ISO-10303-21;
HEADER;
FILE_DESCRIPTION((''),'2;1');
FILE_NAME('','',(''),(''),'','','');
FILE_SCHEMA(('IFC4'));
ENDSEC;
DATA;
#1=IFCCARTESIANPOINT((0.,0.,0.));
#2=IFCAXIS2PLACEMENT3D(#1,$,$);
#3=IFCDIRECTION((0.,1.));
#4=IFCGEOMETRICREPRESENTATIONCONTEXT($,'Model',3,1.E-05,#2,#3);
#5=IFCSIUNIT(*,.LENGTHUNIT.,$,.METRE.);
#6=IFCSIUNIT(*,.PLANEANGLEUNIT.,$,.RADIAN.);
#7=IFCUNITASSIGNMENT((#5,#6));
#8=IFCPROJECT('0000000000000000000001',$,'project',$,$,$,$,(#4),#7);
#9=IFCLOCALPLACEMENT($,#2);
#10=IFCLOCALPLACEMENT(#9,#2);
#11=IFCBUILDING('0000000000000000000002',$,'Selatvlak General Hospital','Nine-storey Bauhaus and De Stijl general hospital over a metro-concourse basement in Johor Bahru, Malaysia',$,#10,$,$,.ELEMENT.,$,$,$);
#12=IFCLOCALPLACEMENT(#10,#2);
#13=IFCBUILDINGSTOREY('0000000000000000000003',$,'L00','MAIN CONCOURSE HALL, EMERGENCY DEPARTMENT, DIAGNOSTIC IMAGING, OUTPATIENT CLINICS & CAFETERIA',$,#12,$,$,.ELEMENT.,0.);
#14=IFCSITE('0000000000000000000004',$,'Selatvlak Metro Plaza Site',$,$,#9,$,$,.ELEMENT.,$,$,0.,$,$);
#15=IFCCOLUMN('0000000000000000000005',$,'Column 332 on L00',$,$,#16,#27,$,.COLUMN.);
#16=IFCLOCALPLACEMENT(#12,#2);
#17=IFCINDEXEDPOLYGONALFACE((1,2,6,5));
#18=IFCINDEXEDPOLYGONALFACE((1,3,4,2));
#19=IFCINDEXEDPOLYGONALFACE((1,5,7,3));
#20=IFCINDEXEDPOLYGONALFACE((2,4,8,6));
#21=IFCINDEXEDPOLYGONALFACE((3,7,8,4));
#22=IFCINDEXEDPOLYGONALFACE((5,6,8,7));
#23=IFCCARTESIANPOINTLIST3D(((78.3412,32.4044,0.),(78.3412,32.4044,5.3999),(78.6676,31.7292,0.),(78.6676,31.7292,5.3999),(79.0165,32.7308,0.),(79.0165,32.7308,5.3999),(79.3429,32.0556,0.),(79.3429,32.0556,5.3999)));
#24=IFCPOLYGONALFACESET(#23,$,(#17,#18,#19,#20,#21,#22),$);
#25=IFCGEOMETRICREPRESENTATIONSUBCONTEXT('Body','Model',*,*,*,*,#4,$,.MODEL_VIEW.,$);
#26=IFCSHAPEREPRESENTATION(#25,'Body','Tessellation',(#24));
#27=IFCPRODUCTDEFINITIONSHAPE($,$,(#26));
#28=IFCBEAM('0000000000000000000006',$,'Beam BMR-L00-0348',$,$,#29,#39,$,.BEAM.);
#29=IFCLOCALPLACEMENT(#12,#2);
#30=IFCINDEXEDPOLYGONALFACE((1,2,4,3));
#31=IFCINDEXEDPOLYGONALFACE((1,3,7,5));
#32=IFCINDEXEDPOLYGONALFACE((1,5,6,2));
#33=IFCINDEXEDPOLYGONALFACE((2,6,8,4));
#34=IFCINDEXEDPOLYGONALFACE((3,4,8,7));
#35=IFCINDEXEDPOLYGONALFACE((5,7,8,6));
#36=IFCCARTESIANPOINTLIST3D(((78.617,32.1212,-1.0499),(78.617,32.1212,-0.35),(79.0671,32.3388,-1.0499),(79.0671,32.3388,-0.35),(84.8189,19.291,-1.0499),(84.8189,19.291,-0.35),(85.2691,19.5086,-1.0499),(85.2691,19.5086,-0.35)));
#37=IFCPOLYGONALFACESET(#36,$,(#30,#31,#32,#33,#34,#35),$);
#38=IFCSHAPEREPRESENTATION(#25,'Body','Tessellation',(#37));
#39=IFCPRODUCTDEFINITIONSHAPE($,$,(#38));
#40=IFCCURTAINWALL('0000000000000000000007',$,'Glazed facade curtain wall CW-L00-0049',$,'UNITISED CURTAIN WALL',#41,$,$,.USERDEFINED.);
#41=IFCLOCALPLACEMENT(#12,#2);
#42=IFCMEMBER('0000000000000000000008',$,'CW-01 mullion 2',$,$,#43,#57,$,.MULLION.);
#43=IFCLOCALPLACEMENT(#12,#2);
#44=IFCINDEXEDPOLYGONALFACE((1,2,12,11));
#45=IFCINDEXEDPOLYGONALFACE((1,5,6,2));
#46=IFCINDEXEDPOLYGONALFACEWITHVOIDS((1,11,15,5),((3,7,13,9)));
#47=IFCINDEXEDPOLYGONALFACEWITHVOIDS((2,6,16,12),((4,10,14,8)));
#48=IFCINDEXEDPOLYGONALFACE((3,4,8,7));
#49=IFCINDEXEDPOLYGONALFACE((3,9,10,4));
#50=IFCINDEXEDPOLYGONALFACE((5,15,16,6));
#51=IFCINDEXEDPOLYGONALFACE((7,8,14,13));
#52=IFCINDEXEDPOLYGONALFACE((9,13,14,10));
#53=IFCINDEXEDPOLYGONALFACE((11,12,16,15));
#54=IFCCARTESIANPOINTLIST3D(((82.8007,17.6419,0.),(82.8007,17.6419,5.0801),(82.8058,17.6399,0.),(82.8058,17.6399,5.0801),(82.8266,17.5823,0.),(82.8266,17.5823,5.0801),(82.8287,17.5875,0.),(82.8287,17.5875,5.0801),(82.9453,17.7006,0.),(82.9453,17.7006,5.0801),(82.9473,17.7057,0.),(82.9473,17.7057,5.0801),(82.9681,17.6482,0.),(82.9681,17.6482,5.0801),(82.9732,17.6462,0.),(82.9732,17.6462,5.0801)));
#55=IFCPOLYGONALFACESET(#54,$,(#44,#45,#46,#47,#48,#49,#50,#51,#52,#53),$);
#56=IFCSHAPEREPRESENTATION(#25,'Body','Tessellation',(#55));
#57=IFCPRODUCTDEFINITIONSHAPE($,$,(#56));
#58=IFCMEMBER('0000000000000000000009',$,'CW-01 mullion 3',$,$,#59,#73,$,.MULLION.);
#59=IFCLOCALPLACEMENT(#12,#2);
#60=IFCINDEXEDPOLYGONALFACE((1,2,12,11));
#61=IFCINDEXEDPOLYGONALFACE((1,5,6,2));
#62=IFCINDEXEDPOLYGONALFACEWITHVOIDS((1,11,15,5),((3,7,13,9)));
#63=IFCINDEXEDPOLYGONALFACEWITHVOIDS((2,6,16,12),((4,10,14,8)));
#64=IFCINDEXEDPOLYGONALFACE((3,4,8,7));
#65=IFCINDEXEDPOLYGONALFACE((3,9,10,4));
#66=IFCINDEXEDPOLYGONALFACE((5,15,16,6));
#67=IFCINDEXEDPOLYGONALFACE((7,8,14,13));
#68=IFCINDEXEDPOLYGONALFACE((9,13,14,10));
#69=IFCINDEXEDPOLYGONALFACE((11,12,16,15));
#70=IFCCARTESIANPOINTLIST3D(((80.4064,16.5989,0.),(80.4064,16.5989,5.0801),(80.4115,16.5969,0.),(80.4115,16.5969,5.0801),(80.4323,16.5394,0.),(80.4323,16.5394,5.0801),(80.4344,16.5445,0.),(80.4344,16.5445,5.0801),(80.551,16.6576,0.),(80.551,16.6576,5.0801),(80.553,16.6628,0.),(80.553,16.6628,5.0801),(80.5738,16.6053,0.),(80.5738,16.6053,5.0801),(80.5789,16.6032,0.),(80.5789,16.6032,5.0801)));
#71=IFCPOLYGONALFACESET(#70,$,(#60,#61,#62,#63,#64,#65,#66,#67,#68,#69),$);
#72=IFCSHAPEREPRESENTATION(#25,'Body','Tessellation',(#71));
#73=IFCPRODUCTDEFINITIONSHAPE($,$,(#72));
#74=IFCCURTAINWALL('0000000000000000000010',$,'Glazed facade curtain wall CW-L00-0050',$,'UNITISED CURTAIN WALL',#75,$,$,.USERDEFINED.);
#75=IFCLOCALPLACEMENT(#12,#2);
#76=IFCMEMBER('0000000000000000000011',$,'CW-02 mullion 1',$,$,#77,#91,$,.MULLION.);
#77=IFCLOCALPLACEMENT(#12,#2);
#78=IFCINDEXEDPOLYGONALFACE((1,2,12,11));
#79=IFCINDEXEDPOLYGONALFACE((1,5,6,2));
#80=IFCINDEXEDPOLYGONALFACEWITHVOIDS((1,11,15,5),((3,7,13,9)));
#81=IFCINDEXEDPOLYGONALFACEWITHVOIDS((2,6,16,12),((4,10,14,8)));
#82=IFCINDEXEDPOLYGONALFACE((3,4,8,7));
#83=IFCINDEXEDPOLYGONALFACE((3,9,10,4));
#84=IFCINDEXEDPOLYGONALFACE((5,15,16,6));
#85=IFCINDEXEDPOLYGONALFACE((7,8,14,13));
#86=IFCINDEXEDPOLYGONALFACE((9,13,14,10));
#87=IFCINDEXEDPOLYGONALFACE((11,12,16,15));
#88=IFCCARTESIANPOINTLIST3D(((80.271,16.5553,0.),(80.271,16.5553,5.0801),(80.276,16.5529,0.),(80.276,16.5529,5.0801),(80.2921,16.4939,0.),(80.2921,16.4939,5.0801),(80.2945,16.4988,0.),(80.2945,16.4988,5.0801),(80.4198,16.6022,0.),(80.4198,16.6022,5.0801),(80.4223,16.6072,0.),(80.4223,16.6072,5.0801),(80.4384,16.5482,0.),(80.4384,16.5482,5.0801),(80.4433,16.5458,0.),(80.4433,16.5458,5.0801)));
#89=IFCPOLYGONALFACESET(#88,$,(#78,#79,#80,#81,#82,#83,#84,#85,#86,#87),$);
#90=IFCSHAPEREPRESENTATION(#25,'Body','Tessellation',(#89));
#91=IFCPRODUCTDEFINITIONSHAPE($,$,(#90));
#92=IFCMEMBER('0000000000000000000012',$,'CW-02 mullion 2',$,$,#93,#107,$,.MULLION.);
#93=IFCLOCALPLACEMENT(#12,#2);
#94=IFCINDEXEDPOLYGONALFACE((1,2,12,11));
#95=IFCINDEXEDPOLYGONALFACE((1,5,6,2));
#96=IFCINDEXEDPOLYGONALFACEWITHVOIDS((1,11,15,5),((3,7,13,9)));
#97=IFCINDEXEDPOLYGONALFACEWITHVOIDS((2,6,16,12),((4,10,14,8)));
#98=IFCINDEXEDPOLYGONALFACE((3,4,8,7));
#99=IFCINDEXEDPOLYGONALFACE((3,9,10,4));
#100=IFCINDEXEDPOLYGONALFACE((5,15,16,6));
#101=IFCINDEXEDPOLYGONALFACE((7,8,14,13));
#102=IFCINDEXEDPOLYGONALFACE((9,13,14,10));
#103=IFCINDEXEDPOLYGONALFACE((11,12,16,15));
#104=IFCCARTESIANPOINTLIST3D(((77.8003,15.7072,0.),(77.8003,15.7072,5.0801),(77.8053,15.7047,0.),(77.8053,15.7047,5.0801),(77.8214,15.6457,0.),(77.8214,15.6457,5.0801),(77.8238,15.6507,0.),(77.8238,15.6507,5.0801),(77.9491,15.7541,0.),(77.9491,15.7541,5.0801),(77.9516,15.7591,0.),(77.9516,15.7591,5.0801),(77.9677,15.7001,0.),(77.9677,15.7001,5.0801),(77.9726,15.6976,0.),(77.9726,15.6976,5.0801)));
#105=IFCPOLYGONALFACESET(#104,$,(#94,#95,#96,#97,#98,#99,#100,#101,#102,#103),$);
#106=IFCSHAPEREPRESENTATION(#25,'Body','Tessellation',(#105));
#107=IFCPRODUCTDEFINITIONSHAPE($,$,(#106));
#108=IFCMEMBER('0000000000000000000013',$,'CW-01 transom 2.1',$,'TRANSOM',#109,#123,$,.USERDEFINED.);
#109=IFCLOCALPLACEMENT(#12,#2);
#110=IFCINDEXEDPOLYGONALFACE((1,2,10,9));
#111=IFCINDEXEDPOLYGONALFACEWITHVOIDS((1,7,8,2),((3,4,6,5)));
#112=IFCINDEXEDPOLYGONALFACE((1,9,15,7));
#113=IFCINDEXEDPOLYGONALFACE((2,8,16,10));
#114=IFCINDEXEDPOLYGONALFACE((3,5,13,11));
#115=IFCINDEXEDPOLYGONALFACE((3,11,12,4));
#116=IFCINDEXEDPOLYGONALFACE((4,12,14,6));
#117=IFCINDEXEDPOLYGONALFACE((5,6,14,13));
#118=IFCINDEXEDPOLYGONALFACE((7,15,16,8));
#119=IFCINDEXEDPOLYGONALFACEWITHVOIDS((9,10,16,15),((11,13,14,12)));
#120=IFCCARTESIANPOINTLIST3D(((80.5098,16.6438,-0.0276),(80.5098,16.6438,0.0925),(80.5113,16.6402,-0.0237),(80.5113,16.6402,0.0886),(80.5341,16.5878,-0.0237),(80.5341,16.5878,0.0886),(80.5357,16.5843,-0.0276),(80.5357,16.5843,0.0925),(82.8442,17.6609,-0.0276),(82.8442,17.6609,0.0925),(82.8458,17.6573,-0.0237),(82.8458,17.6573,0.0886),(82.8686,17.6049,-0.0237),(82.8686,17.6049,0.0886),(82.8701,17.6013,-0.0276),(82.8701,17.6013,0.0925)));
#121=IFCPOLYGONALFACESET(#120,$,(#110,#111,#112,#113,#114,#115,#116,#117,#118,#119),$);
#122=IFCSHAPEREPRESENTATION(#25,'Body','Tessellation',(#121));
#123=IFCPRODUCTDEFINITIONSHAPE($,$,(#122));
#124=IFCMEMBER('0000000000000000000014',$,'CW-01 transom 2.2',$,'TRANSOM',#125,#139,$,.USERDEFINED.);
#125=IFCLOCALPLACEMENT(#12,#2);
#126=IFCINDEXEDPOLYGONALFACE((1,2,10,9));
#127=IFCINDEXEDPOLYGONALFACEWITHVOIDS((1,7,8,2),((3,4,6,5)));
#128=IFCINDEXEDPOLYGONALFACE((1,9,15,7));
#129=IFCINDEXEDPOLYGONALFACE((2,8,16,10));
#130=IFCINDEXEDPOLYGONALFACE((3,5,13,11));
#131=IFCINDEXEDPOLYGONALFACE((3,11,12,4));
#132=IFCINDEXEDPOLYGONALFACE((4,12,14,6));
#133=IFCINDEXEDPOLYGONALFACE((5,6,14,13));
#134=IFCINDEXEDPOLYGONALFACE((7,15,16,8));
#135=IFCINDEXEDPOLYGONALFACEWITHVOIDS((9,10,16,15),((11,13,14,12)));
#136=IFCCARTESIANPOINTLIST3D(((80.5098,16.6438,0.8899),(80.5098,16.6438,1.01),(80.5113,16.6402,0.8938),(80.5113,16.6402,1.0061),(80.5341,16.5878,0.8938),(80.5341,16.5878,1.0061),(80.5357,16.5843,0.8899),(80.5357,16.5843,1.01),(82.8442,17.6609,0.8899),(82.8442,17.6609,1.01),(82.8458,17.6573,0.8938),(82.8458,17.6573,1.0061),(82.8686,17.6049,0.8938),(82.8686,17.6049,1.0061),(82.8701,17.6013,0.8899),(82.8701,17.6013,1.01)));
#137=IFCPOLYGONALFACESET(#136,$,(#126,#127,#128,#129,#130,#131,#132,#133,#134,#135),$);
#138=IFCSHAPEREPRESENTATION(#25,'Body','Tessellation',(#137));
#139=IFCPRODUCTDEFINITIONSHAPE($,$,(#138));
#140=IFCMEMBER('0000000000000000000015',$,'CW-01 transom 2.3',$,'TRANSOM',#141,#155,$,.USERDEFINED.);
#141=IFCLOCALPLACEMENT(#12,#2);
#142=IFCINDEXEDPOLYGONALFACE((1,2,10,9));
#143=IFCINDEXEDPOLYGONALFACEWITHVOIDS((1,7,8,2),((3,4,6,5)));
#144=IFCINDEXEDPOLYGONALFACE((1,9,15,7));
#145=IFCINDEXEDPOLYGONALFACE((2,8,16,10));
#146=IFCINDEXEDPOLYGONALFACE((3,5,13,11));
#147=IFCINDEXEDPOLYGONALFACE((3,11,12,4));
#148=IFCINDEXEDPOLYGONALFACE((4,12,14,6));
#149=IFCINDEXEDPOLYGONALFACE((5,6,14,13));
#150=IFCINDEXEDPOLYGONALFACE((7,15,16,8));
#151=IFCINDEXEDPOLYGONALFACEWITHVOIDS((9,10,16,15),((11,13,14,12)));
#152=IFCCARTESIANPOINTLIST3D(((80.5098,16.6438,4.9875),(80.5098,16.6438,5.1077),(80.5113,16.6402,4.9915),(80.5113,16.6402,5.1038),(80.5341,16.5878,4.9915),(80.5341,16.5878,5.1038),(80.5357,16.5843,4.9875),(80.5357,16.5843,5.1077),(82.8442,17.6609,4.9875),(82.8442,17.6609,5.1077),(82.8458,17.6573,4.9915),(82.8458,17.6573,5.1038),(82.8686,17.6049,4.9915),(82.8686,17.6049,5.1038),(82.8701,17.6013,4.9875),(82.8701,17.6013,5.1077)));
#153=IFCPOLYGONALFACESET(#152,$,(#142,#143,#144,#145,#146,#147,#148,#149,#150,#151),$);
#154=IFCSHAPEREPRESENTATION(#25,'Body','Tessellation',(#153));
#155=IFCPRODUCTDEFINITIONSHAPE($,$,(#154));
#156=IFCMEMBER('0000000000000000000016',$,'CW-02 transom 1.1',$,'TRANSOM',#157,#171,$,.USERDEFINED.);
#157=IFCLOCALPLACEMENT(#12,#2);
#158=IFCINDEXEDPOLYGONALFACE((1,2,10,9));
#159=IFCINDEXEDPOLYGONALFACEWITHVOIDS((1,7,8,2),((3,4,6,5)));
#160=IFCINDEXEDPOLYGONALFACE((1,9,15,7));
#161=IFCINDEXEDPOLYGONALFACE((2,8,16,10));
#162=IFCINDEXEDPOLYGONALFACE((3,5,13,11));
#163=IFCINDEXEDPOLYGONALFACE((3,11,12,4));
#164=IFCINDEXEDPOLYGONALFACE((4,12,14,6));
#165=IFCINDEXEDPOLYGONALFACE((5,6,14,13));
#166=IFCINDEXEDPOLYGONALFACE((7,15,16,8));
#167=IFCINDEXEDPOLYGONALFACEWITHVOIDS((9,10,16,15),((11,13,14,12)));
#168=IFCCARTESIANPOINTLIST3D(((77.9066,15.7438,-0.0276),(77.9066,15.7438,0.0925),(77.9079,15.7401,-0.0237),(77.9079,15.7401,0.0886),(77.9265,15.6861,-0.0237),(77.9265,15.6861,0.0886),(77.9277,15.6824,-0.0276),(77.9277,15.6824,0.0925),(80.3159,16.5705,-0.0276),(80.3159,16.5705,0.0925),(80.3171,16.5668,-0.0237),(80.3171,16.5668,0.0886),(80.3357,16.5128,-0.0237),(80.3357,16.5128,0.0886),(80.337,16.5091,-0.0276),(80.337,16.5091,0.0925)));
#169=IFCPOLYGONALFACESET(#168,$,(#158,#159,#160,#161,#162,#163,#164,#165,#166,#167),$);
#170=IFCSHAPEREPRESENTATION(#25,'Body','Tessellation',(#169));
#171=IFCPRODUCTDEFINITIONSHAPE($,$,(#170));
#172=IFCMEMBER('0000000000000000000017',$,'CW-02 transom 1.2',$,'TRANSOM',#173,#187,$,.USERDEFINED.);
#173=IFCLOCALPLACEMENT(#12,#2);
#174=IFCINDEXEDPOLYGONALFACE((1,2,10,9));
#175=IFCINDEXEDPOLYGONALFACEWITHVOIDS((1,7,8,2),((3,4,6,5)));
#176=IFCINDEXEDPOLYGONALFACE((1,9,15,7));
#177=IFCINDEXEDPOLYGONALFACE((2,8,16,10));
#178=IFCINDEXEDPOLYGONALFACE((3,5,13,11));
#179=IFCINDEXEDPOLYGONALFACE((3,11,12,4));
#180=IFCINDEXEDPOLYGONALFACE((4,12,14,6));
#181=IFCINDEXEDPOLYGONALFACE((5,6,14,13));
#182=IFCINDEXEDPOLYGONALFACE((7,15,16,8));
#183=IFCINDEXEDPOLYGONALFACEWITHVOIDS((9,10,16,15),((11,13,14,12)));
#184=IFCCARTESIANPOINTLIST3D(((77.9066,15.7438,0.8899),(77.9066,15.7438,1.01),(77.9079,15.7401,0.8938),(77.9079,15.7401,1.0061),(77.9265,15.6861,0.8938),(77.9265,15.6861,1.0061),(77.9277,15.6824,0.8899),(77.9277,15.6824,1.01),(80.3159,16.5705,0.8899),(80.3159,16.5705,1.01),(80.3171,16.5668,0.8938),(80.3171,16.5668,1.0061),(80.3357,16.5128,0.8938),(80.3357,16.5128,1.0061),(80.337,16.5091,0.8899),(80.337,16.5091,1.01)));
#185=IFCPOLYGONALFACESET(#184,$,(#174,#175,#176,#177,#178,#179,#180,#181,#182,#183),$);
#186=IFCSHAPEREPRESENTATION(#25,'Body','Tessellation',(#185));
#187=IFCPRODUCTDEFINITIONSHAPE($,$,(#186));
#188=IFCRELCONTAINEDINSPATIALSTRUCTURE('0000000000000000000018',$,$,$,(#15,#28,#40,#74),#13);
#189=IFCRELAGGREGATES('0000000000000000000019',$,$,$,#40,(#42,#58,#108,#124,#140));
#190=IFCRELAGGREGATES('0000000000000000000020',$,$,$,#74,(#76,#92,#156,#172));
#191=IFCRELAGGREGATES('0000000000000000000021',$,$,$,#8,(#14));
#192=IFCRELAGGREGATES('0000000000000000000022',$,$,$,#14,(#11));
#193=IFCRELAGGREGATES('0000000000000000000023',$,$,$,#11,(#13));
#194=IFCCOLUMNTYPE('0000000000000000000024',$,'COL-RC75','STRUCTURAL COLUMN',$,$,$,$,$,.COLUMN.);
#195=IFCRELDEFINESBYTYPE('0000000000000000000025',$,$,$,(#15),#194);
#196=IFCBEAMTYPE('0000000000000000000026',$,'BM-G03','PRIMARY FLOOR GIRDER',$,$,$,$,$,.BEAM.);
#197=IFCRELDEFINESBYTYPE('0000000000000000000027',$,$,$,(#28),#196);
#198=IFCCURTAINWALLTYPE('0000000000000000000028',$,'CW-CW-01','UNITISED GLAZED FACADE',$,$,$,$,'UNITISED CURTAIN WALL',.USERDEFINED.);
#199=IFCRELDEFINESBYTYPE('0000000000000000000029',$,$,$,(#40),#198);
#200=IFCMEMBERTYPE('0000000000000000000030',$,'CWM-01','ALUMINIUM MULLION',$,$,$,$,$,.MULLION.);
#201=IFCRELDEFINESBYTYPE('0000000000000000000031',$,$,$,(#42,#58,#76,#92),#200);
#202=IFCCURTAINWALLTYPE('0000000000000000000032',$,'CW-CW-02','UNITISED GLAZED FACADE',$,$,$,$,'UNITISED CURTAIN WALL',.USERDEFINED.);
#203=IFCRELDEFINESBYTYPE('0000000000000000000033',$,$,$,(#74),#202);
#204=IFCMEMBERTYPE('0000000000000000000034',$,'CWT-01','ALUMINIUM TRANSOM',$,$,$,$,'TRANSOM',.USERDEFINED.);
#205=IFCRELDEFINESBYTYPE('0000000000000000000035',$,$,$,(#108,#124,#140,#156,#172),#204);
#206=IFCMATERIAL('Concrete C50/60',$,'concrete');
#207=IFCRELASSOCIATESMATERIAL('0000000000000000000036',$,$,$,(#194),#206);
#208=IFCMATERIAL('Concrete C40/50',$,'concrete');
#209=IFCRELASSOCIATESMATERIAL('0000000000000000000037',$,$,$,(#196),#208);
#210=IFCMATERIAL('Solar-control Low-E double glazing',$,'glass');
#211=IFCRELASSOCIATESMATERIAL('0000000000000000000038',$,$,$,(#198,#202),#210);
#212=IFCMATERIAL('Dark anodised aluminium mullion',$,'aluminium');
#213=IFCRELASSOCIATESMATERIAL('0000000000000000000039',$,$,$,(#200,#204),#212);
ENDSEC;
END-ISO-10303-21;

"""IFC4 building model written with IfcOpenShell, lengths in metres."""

from ifc_helpers import new_model, si_unit, direction, frame, origin, origin_2d, place, context, subcontext, project, spatial, rectangle, hollow_rectangle, extrude, material, material_profile, profile_set, type_object, element, aggregate, save


model = new_model("IFC4")

# Units and contexts
model_context = context("Model", 3, precision=1e-05, world=origin(), true_north=direction((0.0, 1.0)))
body_context = subcontext(model_context, "Body", "Model", "MODEL_VIEW")
ifc_project = project(units=[si_unit("LENGTHUNIT", "METRE"), si_unit("PLANEANGLEUNIT", "RADIAN")], contexts=[model_context])

# Site, building, storey
site_placement = place(None, origin())
site = spatial("IfcSite", under=ifc_project, at=site_placement, Name="Selatvlak Metro Plaza Site", CompositionType="ELEMENT", RefElevation=0.0)
building_placement = place(site_placement, origin())
building = spatial("IfcBuilding", under=site, at=building_placement, Name="Selatvlak General Hospital", Description="Nine-storey Bauhaus and De Stijl general hospital over a metro-concourse basement in Johor Bahru, Malaysia", CompositionType="ELEMENT")
storey_placement = place(building_placement, origin())
storey = spatial("IfcBuildingStorey", under=building, at=storey_placement, Name="L00", Description="MAIN CONCOURSE HALL, EMERGENCY DEPARTMENT, DIAGNOSTIC IMAGING, OUTPATIENT CLINICS & CAFETERIA", CompositionType="ELEMENT", Elevation=0.0)

# Column
ifc_material_1 = material(Name="Concrete C50/60", Category="concrete")
ifc_material_profile_1 = material_profile(ifc_material_1, rectangle(XDim=0.75, YDim=0.75, at=origin_2d()), Name="RC-COL 750x750")
ifc_profile_set_1 = profile_set([ifc_material_profile_1], Name="Concrete C50/60")
column_type = type_object("IfcColumnType", Name="COL-RC75", Description="STRUCTURAL COLUMN", PredefinedType="COLUMN", material=ifc_profile_set_1)
column_placement = place(storey_placement, frame((78.842, 32.23, 0.0), z_axis=(0.0, 0.0, 1.0), x_axis=(-0.4352, 0.900334, 0.0)))
element("IfcColumn", 1, at=column_placement, inside=storey, type_object=column_type, Name="Column 332 on L00", PredefinedType="COLUMN", context=body_context, shape_type="SweptSolid", body=[
    extrude(rectangle(XDim=0.75, YDim=0.75, at=origin_2d()), origin(), (0.0, 0.0, 1.0), 5.3999),
])

# Beam
ifc_material_2 = material(Name="Concrete C40/50", Category="concrete")
ifc_material_profile_2 = material_profile(ifc_material_2, rectangle(XDim=0.5, YDim=0.7, at=origin_2d()), Name="RC-BM 500x700")
ifc_profile_set_2 = profile_set([ifc_material_profile_2], Name="Concrete C40/50")
beam_type = type_object("IfcBeamType", Name="BM-G03", Description="PRIMARY FLOOR GIRDER", PredefinedType="BEAM", material=ifc_profile_set_2)
beam_placement = place(storey_placement, frame((78.842, 32.23, -0.7), z_axis=(0.435208, -0.90033, 0.0), x_axis=(0.90033, 0.435208, 0.0)))
element("IfcBeam", 2, at=beam_placement, inside=storey, type_object=beam_type, Name="Beam BMR-L00-0348", PredefinedType="BEAM", context=body_context, shape_type="SweptSolid", body=[
    extrude(rectangle(XDim=0.5, YDim=0.7, at=origin_2d()), origin(), (0.0, 0.0, 1.0), 14.2505),
])

# Curtain walls, members
ifc_material_3 = material(Name="Solar-control Low-E double glazing", Category="glass")
curtain_wall_type_1 = type_object("IfcCurtainWallType", Name="CW-CW-01", Description="UNITISED GLAZED FACADE", ElementType="UNITISED CURTAIN WALL", PredefinedType="USERDEFINED", material=ifc_material_3)
curtain_wall_1_placement = place(storey_placement, origin())
curtain_wall_1 = element("IfcCurtainWall", 3, at=curtain_wall_1_placement, inside=storey, type_object=curtain_wall_type_1, Name="Glazed facade curtain wall CW-L00-0049", ObjectType="UNITISED CURTAIN WALL", PredefinedType="USERDEFINED")
ifc_material_4 = material(Name="Dark anodised aluminium mullion", Category="aluminium")
ifc_material_profile_3 = material_profile(ifc_material_4, hollow_rectangle(XDim=0.0649, YDim=0.1599, WallThickness=0.0039, at=origin_2d()), Name="AL-MUL 65x160x4")
ifc_profile_set_3 = profile_set([ifc_material_profile_3], Name="Dark anodised aluminium mullion")
member_type_1 = type_object("IfcMemberType", Name="CWM-01", Description="ALUMINIUM MULLION", PredefinedType="MULLION", material=ifc_profile_set_3)
member_1_placement = place(storey_placement, frame((82.887, 17.644, 0.0), z_axis=(0.0, 0.0, 1.0), x_axis=(0.39939, -0.916781, 0.0)))
member_1 = element("IfcMember", 4, at=member_1_placement, type_object=member_type_1, Name="CW-01 mullion 2", PredefinedType="MULLION", context=body_context, shape_type="SweptSolid", body=[
    extrude(hollow_rectangle(XDim=0.0649, YDim=0.1599, WallThickness=0.0039, at=origin_2d()), origin(), (0.0, 0.0, 1.0), 5.0801),
])
member_2_placement = place(storey_placement, frame((80.4927, 16.6011, 0.0), z_axis=(0.0, 0.0, 1.0), x_axis=(0.39939, -0.916781, 0.0)))
member_2 = element("IfcMember", 5, at=member_2_placement, type_object=member_type_1, Name="CW-01 mullion 3", PredefinedType="MULLION", context=body_context, shape_type="SweptSolid", body=[
    extrude(hollow_rectangle(XDim=0.0649, YDim=0.1599, WallThickness=0.0039, at=origin_2d()), origin(), (0.0, 0.0, 1.0), 5.0801),
])
curtain_wall_type_2 = type_object("IfcCurtainWallType", Name="CW-CW-02", Description="UNITISED GLAZED FACADE", ElementType="UNITISED CURTAIN WALL", PredefinedType="USERDEFINED", material=ifc_material_3)
curtain_wall_2_placement = place(storey_placement, origin())
curtain_wall_2 = element("IfcCurtainWall", 6, at=curtain_wall_2_placement, inside=storey, type_object=curtain_wall_type_2, Name="Glazed facade curtain wall CW-L00-0050", ObjectType="UNITISED CURTAIN WALL", PredefinedType="USERDEFINED")
member_3_placement = place(storey_placement, frame((80.3572, 16.5505, 0.0), z_axis=(0.0, 0.0, 1.0), x_axis=(0.324609, -0.945848, 0.0)))
member_3 = element("IfcMember", 7, at=member_3_placement, type_object=member_type_1, Name="CW-02 mullion 1", PredefinedType="MULLION", context=body_context, shape_type="SweptSolid", body=[
    extrude(hollow_rectangle(XDim=0.0649, YDim=0.1599, WallThickness=0.0039, at=origin_2d()), origin(), (0.0, 0.0, 1.0), 5.0801),
])
member_4_placement = place(storey_placement, frame((77.8865, 15.7024, 0.0), z_axis=(0.0, 0.0, 1.0), x_axis=(0.324609, -0.945848, 0.0)))
member_4 = element("IfcMember", 8, at=member_4_placement, type_object=member_type_1, Name="CW-02 mullion 2", PredefinedType="MULLION", context=body_context, shape_type="SweptSolid", body=[
    extrude(hollow_rectangle(XDim=0.0649, YDim=0.1599, WallThickness=0.0039, at=origin_2d()), origin(), (0.0, 0.0, 1.0), 5.0801),
])

# Members
ifc_material_profile_4 = material_profile(ifc_material_4, hollow_rectangle(XDim=0.0649, YDim=0.1201, WallThickness=0.0039, at=origin_2d()), Name="AL-TRN 65x120x4")
ifc_profile_set_4 = profile_set([ifc_material_profile_4], Name="Dark anodised aluminium mullion")
member_type_2 = type_object("IfcMemberType", Name="CWT-01", Description="ALUMINIUM TRANSOM", ElementType="TRANSOM", PredefinedType="USERDEFINED", material=ifc_profile_set_4)
member_5_placement = place(storey_placement, frame((82.8572, 17.6311, 0.0325), z_axis=(-0.916768, -0.39942, 0.0), x_axis=(0.39942, -0.916768, 0.0)))
member_5 = element("IfcMember", 9, at=member_5_placement, type_object=member_type_2, Name="CW-01 transom 2.1", ObjectType="TRANSOM", PredefinedType="USERDEFINED", context=body_context, shape_type="SweptSolid", body=[
    extrude(hollow_rectangle(XDim=0.0649, YDim=0.1201, WallThickness=0.0039, at=origin_2d()), origin(), (0.0, 0.0, 1.0), 2.5464),
])
member_6_placement = place(storey_placement, frame((82.8572, 17.6311, 0.95), z_axis=(-0.916768, -0.39942, 0.0), x_axis=(0.39942, -0.916768, 0.0)))
member_6 = element("IfcMember", 10, at=member_6_placement, type_object=member_type_2, Name="CW-01 transom 2.2", ObjectType="TRANSOM", PredefinedType="USERDEFINED", context=body_context, shape_type="SweptSolid", body=[
    extrude(hollow_rectangle(XDim=0.0649, YDim=0.1201, WallThickness=0.0039, at=origin_2d()), origin(), (0.0, 0.0, 1.0), 2.5464),
])
member_7_placement = place(storey_placement, frame((82.8572, 17.6311, 5.0476), z_axis=(-0.916768, -0.39942, 0.0), x_axis=(0.39942, -0.916768, 0.0)))
member_7 = element("IfcMember", 11, at=member_7_placement, type_object=member_type_2, Name="CW-01 transom 2.3", ObjectType="TRANSOM", PredefinedType="USERDEFINED", context=body_context, shape_type="SweptSolid", body=[
    extrude(hollow_rectangle(XDim=0.0649, YDim=0.1201, WallThickness=0.0039, at=origin_2d()), origin(), (0.0, 0.0, 1.0), 2.5464),
])
member_8_placement = place(storey_placement, frame((80.3264, 16.5398, 0.0325), z_axis=(-0.945867, -0.324555, 0.0), x_axis=(0.324555, -0.945867, 0.0)))
member_8 = element("IfcMember", 12, at=member_8_placement, type_object=member_type_2, Name="CW-02 transom 1.1", ObjectType="TRANSOM", PredefinedType="USERDEFINED", context=body_context, shape_type="SweptSolid", body=[
    extrude(hollow_rectangle(XDim=0.0649, YDim=0.1201, WallThickness=0.0039, at=origin_2d()), origin(), (0.0, 0.0, 1.0), 2.5471),
])
member_9_placement = place(storey_placement, frame((80.3264, 16.5398, 0.95), z_axis=(-0.945867, -0.324555, 0.0), x_axis=(0.324555, -0.945867, 0.0)))
member_9 = element("IfcMember", 13, at=member_9_placement, type_object=member_type_2, Name="CW-02 transom 1.2", ObjectType="TRANSOM", PredefinedType="USERDEFINED", context=body_context, shape_type="SweptSolid", body=[
    extrude(hollow_rectangle(XDim=0.0649, YDim=0.1201, WallThickness=0.0039, at=origin_2d()), origin(), (0.0, 0.0, 1.0), 2.5471),
])

aggregate(curtain_wall_1, [member_1, member_2, member_5, member_6, member_7])
aggregate(curtain_wall_2, [member_3, member_4, member_8, member_9])

save(model, "model.ifc")
